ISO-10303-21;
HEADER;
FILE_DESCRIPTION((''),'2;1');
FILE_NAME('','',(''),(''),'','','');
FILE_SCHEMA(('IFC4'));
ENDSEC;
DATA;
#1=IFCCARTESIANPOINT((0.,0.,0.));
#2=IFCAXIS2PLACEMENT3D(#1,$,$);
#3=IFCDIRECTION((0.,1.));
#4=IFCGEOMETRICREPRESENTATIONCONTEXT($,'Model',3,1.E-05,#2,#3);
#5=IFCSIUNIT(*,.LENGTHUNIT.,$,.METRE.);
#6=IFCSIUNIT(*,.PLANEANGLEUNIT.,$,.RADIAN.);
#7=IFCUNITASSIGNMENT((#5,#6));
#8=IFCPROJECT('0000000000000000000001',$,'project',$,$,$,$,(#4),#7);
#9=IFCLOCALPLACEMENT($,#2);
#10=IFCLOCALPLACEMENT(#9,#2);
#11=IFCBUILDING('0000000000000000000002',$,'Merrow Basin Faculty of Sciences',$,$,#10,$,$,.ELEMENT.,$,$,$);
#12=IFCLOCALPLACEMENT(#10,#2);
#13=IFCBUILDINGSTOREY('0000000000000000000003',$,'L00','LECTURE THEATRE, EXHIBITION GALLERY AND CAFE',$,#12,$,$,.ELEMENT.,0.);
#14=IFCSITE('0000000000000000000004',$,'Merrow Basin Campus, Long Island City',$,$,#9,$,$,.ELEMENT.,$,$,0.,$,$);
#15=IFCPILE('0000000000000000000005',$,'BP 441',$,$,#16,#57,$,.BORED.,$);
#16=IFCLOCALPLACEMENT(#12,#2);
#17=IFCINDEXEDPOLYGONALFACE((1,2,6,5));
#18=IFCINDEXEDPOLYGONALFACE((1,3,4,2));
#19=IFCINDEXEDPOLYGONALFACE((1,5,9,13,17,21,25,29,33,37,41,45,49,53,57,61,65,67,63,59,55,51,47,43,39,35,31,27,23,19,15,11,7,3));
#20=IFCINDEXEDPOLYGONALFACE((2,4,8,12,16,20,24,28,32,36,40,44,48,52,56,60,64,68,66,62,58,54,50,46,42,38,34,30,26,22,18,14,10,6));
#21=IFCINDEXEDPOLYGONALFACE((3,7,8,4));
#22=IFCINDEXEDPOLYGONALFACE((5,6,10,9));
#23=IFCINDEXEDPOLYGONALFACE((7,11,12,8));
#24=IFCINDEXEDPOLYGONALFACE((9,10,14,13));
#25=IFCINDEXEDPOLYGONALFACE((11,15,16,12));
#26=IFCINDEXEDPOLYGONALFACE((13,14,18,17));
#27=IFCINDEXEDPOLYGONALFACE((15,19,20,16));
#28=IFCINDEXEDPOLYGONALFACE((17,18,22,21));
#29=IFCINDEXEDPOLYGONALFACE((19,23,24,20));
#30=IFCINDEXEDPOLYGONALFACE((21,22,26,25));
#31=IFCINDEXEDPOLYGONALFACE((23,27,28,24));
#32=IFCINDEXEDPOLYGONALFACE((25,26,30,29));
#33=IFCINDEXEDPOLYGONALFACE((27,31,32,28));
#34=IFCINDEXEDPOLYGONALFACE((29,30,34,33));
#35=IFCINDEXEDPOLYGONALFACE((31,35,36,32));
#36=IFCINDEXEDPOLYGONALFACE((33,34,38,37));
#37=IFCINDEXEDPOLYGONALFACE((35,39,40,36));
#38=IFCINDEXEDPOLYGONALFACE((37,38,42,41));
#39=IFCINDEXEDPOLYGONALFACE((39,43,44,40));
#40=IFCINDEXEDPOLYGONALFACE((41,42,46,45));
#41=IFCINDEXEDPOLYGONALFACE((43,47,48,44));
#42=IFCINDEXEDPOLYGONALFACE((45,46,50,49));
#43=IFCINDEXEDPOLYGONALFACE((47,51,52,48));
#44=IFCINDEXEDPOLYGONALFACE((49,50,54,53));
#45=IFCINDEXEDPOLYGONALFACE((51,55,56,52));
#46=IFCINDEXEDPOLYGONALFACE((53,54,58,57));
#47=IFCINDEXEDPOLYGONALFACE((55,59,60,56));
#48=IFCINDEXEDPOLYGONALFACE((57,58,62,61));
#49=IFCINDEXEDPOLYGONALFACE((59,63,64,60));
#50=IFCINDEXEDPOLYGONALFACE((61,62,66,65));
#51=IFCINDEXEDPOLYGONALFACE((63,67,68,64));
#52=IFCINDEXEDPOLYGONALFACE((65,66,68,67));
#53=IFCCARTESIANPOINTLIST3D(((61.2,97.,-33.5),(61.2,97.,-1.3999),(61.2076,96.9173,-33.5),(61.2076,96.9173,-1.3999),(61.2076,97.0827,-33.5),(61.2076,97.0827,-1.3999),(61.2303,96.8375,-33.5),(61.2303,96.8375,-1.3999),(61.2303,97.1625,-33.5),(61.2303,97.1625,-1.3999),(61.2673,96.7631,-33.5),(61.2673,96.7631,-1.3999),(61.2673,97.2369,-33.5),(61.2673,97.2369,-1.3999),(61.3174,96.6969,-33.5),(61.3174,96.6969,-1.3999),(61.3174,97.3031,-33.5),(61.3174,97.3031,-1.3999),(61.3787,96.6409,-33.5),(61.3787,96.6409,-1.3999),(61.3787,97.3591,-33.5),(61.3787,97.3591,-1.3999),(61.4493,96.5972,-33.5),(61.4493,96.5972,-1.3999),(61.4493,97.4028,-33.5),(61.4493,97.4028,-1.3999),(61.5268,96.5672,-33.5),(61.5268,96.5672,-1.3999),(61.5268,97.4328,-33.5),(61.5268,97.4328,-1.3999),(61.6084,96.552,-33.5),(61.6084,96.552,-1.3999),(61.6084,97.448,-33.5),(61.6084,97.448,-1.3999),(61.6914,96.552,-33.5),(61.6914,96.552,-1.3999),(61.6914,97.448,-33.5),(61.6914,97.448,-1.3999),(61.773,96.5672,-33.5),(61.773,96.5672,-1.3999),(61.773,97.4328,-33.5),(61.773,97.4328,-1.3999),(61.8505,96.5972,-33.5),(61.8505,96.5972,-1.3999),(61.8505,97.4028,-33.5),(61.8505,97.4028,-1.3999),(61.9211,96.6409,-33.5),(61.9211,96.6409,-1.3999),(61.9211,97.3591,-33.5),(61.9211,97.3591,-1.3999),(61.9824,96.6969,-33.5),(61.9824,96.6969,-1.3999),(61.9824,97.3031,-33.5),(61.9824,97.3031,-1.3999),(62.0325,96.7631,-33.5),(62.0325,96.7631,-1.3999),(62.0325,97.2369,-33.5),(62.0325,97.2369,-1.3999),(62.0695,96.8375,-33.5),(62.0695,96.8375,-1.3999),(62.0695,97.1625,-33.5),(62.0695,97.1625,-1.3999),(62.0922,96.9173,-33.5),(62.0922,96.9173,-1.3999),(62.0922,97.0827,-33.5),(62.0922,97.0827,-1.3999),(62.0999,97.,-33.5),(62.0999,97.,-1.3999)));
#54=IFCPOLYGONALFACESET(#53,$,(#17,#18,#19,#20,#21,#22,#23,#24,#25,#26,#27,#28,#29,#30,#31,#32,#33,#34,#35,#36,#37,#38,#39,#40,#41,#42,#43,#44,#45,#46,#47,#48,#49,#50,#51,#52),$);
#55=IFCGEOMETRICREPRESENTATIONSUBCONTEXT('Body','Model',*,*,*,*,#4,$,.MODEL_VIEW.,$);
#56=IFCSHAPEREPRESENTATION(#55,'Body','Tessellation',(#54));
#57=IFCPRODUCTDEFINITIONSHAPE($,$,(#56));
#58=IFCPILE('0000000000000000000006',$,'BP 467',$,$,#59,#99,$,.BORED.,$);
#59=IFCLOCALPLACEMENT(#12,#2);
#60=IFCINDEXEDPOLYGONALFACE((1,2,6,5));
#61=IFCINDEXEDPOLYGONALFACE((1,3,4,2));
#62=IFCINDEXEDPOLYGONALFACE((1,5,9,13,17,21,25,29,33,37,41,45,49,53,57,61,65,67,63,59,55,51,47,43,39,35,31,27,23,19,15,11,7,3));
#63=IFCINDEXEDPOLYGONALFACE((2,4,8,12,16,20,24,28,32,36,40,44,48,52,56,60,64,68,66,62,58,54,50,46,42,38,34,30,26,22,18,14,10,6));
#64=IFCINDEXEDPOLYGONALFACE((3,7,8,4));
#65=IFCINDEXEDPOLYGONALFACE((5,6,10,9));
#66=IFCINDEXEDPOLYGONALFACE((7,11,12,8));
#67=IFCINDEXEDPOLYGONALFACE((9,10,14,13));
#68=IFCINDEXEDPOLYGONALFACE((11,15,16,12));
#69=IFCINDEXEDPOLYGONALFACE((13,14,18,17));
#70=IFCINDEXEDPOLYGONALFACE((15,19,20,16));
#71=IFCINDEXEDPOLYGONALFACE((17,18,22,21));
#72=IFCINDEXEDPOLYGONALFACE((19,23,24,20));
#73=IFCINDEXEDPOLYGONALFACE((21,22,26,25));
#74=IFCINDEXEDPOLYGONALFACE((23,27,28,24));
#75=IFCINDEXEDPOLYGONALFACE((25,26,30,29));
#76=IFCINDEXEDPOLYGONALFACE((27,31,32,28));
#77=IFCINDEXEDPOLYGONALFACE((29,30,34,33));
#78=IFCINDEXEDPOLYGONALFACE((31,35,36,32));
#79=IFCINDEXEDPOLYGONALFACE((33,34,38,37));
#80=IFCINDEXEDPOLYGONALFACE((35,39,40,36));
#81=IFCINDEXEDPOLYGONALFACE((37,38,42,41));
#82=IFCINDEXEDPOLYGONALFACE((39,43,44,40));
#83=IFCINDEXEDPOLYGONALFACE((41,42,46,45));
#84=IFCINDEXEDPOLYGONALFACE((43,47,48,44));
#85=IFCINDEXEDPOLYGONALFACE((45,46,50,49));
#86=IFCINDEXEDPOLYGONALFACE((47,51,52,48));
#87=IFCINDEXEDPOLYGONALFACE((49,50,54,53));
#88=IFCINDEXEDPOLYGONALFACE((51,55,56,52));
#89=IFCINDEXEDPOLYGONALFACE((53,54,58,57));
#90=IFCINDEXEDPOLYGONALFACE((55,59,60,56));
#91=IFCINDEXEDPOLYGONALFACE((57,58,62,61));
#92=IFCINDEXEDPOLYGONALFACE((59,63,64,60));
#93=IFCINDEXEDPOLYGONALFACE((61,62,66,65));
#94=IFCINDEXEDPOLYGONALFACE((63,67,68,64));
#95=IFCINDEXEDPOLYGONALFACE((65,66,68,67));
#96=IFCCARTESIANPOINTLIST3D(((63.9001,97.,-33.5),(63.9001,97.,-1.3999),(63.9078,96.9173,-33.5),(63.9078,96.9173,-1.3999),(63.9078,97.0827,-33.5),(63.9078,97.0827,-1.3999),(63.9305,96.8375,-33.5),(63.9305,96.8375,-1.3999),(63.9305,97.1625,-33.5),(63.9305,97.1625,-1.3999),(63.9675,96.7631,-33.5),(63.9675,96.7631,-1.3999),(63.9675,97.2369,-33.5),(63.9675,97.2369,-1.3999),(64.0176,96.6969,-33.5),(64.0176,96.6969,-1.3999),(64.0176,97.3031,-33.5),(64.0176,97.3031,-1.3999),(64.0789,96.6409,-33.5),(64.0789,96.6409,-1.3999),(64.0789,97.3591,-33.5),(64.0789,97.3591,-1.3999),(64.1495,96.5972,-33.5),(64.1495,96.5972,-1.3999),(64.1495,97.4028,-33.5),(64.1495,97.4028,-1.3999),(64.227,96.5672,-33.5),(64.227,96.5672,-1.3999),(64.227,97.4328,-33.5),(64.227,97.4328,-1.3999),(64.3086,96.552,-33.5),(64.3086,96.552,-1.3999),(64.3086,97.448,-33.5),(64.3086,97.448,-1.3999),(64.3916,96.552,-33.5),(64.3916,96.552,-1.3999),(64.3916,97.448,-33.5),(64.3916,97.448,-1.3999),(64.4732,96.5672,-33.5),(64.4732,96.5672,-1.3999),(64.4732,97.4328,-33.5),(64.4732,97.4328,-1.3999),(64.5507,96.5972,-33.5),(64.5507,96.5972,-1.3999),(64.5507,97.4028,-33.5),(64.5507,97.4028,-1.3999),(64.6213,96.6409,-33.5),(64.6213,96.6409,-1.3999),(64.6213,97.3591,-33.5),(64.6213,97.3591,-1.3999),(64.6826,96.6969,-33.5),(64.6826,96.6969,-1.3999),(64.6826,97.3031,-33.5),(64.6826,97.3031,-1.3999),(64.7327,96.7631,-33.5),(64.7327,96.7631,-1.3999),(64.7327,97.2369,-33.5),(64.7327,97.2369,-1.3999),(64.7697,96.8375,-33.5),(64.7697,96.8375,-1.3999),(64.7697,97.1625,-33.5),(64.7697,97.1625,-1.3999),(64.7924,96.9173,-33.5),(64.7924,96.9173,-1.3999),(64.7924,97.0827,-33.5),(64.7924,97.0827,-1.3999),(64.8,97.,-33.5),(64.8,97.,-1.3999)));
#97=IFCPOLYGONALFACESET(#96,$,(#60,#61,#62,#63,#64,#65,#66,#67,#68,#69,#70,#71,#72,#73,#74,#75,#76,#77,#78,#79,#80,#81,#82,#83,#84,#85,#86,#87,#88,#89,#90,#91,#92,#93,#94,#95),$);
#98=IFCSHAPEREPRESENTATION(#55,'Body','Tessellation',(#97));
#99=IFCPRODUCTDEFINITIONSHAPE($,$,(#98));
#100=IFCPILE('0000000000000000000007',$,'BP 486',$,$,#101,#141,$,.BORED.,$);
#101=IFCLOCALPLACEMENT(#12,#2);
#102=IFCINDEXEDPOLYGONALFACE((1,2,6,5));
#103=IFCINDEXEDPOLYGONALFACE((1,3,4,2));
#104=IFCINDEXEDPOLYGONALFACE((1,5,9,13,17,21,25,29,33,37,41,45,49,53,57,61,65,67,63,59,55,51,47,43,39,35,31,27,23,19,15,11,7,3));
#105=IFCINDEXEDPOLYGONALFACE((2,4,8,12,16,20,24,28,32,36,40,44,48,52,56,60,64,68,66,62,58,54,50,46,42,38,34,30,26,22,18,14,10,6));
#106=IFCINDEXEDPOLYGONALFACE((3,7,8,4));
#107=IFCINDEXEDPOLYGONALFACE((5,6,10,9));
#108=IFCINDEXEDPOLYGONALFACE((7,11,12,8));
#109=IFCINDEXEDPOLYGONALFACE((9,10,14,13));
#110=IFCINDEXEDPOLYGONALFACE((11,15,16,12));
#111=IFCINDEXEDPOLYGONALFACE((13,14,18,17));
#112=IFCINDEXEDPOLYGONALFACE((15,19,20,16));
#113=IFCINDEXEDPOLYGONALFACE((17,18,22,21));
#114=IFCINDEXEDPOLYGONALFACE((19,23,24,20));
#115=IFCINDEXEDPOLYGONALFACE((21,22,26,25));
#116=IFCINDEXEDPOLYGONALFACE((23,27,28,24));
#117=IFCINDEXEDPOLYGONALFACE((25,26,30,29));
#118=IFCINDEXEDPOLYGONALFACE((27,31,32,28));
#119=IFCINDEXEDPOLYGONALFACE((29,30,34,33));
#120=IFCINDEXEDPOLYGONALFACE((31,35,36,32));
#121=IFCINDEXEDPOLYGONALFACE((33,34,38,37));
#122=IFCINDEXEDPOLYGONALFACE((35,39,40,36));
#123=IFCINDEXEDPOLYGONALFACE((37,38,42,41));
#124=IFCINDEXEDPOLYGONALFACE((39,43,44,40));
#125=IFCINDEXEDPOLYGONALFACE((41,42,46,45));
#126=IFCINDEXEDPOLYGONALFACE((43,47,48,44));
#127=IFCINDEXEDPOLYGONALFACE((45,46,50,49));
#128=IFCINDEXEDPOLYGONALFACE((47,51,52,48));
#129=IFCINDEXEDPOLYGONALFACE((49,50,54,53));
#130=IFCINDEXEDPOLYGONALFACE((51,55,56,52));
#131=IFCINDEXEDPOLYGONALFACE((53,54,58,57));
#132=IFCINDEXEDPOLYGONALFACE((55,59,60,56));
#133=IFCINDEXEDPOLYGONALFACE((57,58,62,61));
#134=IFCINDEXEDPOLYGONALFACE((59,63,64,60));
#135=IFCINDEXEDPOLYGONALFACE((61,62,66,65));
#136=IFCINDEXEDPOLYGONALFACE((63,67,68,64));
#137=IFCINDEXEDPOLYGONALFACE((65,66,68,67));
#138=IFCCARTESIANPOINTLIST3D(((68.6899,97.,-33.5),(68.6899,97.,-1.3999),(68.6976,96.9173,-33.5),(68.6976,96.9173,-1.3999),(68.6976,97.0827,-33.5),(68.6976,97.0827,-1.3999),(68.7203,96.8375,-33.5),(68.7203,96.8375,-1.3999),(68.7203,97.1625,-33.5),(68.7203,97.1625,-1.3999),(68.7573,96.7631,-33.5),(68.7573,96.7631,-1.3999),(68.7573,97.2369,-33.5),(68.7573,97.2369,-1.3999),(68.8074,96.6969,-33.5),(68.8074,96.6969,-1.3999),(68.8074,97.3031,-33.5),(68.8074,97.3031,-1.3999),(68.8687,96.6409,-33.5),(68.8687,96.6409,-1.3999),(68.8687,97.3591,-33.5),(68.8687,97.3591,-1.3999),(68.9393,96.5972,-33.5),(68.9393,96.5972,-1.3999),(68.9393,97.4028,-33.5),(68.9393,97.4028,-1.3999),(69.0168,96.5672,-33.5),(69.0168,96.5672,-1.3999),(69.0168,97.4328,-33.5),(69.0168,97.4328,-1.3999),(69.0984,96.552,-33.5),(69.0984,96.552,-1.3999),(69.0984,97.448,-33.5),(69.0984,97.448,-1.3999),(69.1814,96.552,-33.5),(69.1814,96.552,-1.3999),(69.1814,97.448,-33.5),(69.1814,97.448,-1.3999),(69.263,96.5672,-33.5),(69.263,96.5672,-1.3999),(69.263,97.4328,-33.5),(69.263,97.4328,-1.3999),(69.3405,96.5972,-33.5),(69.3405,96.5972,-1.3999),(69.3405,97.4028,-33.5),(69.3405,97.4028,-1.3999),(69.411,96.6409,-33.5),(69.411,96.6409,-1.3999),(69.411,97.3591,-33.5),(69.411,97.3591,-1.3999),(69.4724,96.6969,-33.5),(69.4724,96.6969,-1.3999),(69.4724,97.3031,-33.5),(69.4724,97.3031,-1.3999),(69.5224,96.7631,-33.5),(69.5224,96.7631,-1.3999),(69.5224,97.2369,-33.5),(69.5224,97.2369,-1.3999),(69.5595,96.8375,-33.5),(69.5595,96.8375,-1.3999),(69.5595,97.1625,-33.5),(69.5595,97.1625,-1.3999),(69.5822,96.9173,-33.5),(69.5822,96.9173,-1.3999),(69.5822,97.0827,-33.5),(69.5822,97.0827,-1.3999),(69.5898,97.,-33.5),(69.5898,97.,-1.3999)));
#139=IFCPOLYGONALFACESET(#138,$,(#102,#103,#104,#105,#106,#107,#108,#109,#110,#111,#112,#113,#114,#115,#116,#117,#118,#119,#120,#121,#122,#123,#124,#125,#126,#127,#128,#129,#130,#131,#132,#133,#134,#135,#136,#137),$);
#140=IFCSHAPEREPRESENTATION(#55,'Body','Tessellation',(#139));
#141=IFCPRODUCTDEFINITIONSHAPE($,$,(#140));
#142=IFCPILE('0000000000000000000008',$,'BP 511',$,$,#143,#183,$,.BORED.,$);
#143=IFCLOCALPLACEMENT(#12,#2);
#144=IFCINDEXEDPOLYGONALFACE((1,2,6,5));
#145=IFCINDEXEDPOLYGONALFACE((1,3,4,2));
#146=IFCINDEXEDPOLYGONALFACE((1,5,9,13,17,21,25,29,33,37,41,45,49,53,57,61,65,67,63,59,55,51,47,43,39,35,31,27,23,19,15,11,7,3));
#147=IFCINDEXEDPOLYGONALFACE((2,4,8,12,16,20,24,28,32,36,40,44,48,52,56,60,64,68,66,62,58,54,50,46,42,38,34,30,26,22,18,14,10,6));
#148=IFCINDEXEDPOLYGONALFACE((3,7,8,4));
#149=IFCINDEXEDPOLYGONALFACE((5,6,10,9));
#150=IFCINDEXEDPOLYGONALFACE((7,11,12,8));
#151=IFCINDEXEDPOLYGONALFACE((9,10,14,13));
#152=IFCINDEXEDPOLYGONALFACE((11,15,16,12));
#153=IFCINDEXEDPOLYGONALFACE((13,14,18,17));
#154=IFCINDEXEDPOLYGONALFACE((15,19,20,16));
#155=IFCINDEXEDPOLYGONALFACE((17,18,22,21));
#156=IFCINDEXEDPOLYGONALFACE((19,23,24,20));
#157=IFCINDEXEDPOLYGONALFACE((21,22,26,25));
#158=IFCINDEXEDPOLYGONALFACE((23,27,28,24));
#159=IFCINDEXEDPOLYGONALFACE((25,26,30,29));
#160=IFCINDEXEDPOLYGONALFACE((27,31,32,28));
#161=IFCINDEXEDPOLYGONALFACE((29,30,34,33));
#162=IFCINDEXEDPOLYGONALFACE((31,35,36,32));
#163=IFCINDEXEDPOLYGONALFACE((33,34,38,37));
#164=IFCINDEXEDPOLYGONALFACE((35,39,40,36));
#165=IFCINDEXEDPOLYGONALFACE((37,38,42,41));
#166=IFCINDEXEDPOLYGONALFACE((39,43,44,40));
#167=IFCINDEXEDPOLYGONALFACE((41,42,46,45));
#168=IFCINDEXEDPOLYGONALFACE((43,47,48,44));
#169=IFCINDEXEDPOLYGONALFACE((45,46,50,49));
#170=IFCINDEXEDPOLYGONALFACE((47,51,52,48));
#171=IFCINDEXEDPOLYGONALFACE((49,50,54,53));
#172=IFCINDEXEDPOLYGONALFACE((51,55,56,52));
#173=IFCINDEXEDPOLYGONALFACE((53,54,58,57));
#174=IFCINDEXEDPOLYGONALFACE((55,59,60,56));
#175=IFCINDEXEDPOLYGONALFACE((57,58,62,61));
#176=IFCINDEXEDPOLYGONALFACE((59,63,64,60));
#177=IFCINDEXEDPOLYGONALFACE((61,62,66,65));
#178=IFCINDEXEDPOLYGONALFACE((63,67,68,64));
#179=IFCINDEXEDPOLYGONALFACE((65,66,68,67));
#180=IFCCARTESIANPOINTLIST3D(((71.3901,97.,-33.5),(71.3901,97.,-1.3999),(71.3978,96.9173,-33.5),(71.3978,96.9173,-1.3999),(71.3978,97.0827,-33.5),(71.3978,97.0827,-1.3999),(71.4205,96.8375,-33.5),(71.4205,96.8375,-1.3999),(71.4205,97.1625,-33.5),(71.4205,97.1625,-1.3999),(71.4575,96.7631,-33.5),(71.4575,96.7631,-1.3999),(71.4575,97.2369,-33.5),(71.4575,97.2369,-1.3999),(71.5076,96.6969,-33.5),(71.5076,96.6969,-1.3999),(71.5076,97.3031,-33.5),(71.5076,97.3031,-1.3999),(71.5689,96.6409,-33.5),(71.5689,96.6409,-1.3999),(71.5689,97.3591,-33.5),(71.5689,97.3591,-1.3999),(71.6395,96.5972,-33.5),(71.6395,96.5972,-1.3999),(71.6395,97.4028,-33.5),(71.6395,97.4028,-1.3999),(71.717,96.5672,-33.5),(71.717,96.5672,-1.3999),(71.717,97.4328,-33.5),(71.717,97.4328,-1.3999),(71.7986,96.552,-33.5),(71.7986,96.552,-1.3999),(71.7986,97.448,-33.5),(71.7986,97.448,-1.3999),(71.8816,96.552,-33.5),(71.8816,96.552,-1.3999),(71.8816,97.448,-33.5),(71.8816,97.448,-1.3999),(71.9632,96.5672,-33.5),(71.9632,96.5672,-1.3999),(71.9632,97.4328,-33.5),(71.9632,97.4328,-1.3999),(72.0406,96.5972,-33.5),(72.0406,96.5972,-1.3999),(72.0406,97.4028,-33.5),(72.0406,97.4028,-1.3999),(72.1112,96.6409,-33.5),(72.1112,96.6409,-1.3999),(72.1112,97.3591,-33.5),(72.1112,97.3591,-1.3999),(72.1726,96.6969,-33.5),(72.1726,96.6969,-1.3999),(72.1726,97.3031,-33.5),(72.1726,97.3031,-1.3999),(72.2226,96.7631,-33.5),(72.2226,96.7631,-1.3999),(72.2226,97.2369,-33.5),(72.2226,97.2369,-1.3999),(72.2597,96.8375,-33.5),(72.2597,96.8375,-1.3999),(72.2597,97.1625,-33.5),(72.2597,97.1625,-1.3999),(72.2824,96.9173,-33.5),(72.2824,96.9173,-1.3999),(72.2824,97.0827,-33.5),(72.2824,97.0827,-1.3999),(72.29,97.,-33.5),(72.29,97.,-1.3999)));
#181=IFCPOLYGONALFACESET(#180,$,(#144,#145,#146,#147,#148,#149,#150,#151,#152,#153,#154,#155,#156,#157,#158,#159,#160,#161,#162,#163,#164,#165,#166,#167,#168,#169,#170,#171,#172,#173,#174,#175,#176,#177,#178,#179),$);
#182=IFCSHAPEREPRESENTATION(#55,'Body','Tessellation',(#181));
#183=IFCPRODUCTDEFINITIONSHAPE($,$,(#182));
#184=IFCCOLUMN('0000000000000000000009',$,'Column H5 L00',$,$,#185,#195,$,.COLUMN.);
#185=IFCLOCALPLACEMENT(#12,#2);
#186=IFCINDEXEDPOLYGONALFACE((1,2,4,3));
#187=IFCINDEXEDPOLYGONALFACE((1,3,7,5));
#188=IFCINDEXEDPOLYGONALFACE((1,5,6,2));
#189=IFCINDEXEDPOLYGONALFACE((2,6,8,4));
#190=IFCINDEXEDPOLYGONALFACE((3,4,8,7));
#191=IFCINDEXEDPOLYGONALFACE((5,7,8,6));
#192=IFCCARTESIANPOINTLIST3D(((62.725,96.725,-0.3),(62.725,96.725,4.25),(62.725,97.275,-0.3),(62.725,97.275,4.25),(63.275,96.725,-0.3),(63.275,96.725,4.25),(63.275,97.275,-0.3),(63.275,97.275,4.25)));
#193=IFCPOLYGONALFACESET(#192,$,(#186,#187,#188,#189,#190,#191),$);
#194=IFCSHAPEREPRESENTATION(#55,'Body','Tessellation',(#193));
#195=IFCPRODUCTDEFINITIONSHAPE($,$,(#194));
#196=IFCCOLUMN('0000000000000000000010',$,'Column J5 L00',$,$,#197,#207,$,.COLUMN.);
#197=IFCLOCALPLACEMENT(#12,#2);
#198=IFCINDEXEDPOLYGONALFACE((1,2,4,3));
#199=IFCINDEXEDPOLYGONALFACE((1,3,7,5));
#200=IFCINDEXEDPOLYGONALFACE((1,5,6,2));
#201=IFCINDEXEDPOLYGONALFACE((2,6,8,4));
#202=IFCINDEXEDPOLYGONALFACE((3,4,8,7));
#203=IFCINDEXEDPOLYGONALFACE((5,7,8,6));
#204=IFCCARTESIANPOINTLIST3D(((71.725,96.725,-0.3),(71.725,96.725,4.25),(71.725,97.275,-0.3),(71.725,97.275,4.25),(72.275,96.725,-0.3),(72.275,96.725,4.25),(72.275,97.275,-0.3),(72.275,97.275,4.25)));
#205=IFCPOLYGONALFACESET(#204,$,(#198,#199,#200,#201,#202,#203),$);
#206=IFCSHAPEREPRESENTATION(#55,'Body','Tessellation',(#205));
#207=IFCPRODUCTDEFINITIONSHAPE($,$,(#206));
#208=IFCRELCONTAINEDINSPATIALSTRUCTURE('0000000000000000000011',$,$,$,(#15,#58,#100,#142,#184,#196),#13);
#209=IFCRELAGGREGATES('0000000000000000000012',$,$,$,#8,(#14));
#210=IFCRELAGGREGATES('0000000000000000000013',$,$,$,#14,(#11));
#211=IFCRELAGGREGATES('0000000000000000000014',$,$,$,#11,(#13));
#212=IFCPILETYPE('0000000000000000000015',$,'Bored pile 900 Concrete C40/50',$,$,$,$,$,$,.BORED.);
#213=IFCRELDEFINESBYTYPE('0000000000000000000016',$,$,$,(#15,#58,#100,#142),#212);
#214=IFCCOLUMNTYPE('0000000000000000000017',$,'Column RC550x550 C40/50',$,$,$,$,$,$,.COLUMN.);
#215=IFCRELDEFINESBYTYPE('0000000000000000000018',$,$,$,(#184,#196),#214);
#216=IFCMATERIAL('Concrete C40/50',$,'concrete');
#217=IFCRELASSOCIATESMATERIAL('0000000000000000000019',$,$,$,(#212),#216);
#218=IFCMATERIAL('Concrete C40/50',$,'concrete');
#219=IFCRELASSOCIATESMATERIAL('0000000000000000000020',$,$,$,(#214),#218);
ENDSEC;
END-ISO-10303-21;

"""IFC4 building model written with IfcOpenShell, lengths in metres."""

from ifc_helpers import new_model, si_unit, direction, frame, origin, origin_2d, place, context, subcontext, project, spatial, rectangle, circle, extrude, material, material_profile, profile_set, type_object, element, save


model = new_model("IFC4")

# Units and contexts
model_context = context("Model", 3, precision=1e-05, world=origin(), true_north=direction((0.0, 1.0)))
body_context = subcontext(model_context, "Body", "Model", "MODEL_VIEW")
ifc_project = project(units=[si_unit("LENGTHUNIT", "METRE"), si_unit("PLANEANGLEUNIT", "RADIAN")], contexts=[model_context])

# Site, building, storey
site_placement = place(None, origin())
site = spatial("IfcSite", under=ifc_project, at=site_placement, Name="Merrow Basin Campus, Long Island City", CompositionType="ELEMENT", RefElevation=0.0)
building_placement = place(site_placement, origin())
building = spatial("IfcBuilding", under=site, at=building_placement, Name="Merrow Basin Faculty of Sciences", CompositionType="ELEMENT")
storey_placement = place(building_placement, origin())
storey = spatial("IfcBuildingStorey", under=building, at=storey_placement, Name="L00", Description="LECTURE THEATRE, EXHIBITION GALLERY AND CAFE", CompositionType="ELEMENT", Elevation=0.0)

# Piles
ifc_material_1 = material(Name="Concrete C40/50", Category="concrete")
ifc_material_profile_1 = material_profile(ifc_material_1, circle(Radius=0.45, at=origin_2d()))
ifc_profile_set_1 = profile_set([ifc_material_profile_1], Name="Concrete C40/50")
pile_type = type_object("IfcPileType", Name="Bored pile 900 Concrete C40/50", PredefinedType="BORED", material=ifc_profile_set_1)
for number, where, z_axis, x_axis, name in (
    (1, (61.6499, 97.0, -1.3999), (0.0, 0.0, -1.0), (1.0, 0.0, 0.0), "BP 441"),
    (2, (64.3501, 97.0, -1.3999), (0.0, 0.0, -1.0), (1.0, 0.0, 0.0), "BP 467"),
    (3, (69.1399, 97.0, -1.3999), (0.0, 0.0, -1.0), (1.0, 0.0, 0.0), "BP 486"),
    (4, (71.8401, 97.0, -1.3999), (0.0, 0.0, -1.0), (1.0, 0.0, 0.0), "BP 511"),
):
    element("IfcPile", number, at=place(storey_placement, frame(where, z_axis=z_axis, x_axis=x_axis)), inside=storey, type_object=pile_type, Name=name, PredefinedType="BORED", context=body_context, shape_type="SweptSolid", body=[
        extrude(circle(Radius=0.45, at=origin_2d()), origin(), (0.0, 0.0, 1.0), 32.1001),
    ])

# Columns
ifc_material_2 = material(Name="Concrete C40/50", Category="concrete")
ifc_material_profile_2 = material_profile(ifc_material_2, rectangle(XDim=0.55, YDim=0.55, at=origin_2d()))
ifc_profile_set_2 = profile_set([ifc_material_profile_2], Name="Concrete C40/50")
column_type = type_object("IfcColumnType", Name="Column RC550x550 C40/50", PredefinedType="COLUMN", material=ifc_profile_set_2)
for number, where, z_axis, x_axis, name in (
    (5, (63.0, 97.0, -0.3), (0.0, 0.0, 1.0), (1.0, 0.0, 0.0), "Column H5 L00"),
    (6, (72.0, 97.0, -0.3), (0.0, 0.0, 1.0), (1.0, 0.0, 0.0), "Column J5 L00"),
):
    element("IfcColumn", number, at=place(storey_placement, frame(where, z_axis=z_axis, x_axis=x_axis)), inside=storey, type_object=column_type, Name=name, PredefinedType="COLUMN", context=body_context, shape_type="SweptSolid", body=[
        extrude(rectangle(XDim=0.55, YDim=0.55, at=origin_2d()), origin(), (0.0, 0.0, 1.0), 4.55),
    ])

save(model, "model.ifc")
